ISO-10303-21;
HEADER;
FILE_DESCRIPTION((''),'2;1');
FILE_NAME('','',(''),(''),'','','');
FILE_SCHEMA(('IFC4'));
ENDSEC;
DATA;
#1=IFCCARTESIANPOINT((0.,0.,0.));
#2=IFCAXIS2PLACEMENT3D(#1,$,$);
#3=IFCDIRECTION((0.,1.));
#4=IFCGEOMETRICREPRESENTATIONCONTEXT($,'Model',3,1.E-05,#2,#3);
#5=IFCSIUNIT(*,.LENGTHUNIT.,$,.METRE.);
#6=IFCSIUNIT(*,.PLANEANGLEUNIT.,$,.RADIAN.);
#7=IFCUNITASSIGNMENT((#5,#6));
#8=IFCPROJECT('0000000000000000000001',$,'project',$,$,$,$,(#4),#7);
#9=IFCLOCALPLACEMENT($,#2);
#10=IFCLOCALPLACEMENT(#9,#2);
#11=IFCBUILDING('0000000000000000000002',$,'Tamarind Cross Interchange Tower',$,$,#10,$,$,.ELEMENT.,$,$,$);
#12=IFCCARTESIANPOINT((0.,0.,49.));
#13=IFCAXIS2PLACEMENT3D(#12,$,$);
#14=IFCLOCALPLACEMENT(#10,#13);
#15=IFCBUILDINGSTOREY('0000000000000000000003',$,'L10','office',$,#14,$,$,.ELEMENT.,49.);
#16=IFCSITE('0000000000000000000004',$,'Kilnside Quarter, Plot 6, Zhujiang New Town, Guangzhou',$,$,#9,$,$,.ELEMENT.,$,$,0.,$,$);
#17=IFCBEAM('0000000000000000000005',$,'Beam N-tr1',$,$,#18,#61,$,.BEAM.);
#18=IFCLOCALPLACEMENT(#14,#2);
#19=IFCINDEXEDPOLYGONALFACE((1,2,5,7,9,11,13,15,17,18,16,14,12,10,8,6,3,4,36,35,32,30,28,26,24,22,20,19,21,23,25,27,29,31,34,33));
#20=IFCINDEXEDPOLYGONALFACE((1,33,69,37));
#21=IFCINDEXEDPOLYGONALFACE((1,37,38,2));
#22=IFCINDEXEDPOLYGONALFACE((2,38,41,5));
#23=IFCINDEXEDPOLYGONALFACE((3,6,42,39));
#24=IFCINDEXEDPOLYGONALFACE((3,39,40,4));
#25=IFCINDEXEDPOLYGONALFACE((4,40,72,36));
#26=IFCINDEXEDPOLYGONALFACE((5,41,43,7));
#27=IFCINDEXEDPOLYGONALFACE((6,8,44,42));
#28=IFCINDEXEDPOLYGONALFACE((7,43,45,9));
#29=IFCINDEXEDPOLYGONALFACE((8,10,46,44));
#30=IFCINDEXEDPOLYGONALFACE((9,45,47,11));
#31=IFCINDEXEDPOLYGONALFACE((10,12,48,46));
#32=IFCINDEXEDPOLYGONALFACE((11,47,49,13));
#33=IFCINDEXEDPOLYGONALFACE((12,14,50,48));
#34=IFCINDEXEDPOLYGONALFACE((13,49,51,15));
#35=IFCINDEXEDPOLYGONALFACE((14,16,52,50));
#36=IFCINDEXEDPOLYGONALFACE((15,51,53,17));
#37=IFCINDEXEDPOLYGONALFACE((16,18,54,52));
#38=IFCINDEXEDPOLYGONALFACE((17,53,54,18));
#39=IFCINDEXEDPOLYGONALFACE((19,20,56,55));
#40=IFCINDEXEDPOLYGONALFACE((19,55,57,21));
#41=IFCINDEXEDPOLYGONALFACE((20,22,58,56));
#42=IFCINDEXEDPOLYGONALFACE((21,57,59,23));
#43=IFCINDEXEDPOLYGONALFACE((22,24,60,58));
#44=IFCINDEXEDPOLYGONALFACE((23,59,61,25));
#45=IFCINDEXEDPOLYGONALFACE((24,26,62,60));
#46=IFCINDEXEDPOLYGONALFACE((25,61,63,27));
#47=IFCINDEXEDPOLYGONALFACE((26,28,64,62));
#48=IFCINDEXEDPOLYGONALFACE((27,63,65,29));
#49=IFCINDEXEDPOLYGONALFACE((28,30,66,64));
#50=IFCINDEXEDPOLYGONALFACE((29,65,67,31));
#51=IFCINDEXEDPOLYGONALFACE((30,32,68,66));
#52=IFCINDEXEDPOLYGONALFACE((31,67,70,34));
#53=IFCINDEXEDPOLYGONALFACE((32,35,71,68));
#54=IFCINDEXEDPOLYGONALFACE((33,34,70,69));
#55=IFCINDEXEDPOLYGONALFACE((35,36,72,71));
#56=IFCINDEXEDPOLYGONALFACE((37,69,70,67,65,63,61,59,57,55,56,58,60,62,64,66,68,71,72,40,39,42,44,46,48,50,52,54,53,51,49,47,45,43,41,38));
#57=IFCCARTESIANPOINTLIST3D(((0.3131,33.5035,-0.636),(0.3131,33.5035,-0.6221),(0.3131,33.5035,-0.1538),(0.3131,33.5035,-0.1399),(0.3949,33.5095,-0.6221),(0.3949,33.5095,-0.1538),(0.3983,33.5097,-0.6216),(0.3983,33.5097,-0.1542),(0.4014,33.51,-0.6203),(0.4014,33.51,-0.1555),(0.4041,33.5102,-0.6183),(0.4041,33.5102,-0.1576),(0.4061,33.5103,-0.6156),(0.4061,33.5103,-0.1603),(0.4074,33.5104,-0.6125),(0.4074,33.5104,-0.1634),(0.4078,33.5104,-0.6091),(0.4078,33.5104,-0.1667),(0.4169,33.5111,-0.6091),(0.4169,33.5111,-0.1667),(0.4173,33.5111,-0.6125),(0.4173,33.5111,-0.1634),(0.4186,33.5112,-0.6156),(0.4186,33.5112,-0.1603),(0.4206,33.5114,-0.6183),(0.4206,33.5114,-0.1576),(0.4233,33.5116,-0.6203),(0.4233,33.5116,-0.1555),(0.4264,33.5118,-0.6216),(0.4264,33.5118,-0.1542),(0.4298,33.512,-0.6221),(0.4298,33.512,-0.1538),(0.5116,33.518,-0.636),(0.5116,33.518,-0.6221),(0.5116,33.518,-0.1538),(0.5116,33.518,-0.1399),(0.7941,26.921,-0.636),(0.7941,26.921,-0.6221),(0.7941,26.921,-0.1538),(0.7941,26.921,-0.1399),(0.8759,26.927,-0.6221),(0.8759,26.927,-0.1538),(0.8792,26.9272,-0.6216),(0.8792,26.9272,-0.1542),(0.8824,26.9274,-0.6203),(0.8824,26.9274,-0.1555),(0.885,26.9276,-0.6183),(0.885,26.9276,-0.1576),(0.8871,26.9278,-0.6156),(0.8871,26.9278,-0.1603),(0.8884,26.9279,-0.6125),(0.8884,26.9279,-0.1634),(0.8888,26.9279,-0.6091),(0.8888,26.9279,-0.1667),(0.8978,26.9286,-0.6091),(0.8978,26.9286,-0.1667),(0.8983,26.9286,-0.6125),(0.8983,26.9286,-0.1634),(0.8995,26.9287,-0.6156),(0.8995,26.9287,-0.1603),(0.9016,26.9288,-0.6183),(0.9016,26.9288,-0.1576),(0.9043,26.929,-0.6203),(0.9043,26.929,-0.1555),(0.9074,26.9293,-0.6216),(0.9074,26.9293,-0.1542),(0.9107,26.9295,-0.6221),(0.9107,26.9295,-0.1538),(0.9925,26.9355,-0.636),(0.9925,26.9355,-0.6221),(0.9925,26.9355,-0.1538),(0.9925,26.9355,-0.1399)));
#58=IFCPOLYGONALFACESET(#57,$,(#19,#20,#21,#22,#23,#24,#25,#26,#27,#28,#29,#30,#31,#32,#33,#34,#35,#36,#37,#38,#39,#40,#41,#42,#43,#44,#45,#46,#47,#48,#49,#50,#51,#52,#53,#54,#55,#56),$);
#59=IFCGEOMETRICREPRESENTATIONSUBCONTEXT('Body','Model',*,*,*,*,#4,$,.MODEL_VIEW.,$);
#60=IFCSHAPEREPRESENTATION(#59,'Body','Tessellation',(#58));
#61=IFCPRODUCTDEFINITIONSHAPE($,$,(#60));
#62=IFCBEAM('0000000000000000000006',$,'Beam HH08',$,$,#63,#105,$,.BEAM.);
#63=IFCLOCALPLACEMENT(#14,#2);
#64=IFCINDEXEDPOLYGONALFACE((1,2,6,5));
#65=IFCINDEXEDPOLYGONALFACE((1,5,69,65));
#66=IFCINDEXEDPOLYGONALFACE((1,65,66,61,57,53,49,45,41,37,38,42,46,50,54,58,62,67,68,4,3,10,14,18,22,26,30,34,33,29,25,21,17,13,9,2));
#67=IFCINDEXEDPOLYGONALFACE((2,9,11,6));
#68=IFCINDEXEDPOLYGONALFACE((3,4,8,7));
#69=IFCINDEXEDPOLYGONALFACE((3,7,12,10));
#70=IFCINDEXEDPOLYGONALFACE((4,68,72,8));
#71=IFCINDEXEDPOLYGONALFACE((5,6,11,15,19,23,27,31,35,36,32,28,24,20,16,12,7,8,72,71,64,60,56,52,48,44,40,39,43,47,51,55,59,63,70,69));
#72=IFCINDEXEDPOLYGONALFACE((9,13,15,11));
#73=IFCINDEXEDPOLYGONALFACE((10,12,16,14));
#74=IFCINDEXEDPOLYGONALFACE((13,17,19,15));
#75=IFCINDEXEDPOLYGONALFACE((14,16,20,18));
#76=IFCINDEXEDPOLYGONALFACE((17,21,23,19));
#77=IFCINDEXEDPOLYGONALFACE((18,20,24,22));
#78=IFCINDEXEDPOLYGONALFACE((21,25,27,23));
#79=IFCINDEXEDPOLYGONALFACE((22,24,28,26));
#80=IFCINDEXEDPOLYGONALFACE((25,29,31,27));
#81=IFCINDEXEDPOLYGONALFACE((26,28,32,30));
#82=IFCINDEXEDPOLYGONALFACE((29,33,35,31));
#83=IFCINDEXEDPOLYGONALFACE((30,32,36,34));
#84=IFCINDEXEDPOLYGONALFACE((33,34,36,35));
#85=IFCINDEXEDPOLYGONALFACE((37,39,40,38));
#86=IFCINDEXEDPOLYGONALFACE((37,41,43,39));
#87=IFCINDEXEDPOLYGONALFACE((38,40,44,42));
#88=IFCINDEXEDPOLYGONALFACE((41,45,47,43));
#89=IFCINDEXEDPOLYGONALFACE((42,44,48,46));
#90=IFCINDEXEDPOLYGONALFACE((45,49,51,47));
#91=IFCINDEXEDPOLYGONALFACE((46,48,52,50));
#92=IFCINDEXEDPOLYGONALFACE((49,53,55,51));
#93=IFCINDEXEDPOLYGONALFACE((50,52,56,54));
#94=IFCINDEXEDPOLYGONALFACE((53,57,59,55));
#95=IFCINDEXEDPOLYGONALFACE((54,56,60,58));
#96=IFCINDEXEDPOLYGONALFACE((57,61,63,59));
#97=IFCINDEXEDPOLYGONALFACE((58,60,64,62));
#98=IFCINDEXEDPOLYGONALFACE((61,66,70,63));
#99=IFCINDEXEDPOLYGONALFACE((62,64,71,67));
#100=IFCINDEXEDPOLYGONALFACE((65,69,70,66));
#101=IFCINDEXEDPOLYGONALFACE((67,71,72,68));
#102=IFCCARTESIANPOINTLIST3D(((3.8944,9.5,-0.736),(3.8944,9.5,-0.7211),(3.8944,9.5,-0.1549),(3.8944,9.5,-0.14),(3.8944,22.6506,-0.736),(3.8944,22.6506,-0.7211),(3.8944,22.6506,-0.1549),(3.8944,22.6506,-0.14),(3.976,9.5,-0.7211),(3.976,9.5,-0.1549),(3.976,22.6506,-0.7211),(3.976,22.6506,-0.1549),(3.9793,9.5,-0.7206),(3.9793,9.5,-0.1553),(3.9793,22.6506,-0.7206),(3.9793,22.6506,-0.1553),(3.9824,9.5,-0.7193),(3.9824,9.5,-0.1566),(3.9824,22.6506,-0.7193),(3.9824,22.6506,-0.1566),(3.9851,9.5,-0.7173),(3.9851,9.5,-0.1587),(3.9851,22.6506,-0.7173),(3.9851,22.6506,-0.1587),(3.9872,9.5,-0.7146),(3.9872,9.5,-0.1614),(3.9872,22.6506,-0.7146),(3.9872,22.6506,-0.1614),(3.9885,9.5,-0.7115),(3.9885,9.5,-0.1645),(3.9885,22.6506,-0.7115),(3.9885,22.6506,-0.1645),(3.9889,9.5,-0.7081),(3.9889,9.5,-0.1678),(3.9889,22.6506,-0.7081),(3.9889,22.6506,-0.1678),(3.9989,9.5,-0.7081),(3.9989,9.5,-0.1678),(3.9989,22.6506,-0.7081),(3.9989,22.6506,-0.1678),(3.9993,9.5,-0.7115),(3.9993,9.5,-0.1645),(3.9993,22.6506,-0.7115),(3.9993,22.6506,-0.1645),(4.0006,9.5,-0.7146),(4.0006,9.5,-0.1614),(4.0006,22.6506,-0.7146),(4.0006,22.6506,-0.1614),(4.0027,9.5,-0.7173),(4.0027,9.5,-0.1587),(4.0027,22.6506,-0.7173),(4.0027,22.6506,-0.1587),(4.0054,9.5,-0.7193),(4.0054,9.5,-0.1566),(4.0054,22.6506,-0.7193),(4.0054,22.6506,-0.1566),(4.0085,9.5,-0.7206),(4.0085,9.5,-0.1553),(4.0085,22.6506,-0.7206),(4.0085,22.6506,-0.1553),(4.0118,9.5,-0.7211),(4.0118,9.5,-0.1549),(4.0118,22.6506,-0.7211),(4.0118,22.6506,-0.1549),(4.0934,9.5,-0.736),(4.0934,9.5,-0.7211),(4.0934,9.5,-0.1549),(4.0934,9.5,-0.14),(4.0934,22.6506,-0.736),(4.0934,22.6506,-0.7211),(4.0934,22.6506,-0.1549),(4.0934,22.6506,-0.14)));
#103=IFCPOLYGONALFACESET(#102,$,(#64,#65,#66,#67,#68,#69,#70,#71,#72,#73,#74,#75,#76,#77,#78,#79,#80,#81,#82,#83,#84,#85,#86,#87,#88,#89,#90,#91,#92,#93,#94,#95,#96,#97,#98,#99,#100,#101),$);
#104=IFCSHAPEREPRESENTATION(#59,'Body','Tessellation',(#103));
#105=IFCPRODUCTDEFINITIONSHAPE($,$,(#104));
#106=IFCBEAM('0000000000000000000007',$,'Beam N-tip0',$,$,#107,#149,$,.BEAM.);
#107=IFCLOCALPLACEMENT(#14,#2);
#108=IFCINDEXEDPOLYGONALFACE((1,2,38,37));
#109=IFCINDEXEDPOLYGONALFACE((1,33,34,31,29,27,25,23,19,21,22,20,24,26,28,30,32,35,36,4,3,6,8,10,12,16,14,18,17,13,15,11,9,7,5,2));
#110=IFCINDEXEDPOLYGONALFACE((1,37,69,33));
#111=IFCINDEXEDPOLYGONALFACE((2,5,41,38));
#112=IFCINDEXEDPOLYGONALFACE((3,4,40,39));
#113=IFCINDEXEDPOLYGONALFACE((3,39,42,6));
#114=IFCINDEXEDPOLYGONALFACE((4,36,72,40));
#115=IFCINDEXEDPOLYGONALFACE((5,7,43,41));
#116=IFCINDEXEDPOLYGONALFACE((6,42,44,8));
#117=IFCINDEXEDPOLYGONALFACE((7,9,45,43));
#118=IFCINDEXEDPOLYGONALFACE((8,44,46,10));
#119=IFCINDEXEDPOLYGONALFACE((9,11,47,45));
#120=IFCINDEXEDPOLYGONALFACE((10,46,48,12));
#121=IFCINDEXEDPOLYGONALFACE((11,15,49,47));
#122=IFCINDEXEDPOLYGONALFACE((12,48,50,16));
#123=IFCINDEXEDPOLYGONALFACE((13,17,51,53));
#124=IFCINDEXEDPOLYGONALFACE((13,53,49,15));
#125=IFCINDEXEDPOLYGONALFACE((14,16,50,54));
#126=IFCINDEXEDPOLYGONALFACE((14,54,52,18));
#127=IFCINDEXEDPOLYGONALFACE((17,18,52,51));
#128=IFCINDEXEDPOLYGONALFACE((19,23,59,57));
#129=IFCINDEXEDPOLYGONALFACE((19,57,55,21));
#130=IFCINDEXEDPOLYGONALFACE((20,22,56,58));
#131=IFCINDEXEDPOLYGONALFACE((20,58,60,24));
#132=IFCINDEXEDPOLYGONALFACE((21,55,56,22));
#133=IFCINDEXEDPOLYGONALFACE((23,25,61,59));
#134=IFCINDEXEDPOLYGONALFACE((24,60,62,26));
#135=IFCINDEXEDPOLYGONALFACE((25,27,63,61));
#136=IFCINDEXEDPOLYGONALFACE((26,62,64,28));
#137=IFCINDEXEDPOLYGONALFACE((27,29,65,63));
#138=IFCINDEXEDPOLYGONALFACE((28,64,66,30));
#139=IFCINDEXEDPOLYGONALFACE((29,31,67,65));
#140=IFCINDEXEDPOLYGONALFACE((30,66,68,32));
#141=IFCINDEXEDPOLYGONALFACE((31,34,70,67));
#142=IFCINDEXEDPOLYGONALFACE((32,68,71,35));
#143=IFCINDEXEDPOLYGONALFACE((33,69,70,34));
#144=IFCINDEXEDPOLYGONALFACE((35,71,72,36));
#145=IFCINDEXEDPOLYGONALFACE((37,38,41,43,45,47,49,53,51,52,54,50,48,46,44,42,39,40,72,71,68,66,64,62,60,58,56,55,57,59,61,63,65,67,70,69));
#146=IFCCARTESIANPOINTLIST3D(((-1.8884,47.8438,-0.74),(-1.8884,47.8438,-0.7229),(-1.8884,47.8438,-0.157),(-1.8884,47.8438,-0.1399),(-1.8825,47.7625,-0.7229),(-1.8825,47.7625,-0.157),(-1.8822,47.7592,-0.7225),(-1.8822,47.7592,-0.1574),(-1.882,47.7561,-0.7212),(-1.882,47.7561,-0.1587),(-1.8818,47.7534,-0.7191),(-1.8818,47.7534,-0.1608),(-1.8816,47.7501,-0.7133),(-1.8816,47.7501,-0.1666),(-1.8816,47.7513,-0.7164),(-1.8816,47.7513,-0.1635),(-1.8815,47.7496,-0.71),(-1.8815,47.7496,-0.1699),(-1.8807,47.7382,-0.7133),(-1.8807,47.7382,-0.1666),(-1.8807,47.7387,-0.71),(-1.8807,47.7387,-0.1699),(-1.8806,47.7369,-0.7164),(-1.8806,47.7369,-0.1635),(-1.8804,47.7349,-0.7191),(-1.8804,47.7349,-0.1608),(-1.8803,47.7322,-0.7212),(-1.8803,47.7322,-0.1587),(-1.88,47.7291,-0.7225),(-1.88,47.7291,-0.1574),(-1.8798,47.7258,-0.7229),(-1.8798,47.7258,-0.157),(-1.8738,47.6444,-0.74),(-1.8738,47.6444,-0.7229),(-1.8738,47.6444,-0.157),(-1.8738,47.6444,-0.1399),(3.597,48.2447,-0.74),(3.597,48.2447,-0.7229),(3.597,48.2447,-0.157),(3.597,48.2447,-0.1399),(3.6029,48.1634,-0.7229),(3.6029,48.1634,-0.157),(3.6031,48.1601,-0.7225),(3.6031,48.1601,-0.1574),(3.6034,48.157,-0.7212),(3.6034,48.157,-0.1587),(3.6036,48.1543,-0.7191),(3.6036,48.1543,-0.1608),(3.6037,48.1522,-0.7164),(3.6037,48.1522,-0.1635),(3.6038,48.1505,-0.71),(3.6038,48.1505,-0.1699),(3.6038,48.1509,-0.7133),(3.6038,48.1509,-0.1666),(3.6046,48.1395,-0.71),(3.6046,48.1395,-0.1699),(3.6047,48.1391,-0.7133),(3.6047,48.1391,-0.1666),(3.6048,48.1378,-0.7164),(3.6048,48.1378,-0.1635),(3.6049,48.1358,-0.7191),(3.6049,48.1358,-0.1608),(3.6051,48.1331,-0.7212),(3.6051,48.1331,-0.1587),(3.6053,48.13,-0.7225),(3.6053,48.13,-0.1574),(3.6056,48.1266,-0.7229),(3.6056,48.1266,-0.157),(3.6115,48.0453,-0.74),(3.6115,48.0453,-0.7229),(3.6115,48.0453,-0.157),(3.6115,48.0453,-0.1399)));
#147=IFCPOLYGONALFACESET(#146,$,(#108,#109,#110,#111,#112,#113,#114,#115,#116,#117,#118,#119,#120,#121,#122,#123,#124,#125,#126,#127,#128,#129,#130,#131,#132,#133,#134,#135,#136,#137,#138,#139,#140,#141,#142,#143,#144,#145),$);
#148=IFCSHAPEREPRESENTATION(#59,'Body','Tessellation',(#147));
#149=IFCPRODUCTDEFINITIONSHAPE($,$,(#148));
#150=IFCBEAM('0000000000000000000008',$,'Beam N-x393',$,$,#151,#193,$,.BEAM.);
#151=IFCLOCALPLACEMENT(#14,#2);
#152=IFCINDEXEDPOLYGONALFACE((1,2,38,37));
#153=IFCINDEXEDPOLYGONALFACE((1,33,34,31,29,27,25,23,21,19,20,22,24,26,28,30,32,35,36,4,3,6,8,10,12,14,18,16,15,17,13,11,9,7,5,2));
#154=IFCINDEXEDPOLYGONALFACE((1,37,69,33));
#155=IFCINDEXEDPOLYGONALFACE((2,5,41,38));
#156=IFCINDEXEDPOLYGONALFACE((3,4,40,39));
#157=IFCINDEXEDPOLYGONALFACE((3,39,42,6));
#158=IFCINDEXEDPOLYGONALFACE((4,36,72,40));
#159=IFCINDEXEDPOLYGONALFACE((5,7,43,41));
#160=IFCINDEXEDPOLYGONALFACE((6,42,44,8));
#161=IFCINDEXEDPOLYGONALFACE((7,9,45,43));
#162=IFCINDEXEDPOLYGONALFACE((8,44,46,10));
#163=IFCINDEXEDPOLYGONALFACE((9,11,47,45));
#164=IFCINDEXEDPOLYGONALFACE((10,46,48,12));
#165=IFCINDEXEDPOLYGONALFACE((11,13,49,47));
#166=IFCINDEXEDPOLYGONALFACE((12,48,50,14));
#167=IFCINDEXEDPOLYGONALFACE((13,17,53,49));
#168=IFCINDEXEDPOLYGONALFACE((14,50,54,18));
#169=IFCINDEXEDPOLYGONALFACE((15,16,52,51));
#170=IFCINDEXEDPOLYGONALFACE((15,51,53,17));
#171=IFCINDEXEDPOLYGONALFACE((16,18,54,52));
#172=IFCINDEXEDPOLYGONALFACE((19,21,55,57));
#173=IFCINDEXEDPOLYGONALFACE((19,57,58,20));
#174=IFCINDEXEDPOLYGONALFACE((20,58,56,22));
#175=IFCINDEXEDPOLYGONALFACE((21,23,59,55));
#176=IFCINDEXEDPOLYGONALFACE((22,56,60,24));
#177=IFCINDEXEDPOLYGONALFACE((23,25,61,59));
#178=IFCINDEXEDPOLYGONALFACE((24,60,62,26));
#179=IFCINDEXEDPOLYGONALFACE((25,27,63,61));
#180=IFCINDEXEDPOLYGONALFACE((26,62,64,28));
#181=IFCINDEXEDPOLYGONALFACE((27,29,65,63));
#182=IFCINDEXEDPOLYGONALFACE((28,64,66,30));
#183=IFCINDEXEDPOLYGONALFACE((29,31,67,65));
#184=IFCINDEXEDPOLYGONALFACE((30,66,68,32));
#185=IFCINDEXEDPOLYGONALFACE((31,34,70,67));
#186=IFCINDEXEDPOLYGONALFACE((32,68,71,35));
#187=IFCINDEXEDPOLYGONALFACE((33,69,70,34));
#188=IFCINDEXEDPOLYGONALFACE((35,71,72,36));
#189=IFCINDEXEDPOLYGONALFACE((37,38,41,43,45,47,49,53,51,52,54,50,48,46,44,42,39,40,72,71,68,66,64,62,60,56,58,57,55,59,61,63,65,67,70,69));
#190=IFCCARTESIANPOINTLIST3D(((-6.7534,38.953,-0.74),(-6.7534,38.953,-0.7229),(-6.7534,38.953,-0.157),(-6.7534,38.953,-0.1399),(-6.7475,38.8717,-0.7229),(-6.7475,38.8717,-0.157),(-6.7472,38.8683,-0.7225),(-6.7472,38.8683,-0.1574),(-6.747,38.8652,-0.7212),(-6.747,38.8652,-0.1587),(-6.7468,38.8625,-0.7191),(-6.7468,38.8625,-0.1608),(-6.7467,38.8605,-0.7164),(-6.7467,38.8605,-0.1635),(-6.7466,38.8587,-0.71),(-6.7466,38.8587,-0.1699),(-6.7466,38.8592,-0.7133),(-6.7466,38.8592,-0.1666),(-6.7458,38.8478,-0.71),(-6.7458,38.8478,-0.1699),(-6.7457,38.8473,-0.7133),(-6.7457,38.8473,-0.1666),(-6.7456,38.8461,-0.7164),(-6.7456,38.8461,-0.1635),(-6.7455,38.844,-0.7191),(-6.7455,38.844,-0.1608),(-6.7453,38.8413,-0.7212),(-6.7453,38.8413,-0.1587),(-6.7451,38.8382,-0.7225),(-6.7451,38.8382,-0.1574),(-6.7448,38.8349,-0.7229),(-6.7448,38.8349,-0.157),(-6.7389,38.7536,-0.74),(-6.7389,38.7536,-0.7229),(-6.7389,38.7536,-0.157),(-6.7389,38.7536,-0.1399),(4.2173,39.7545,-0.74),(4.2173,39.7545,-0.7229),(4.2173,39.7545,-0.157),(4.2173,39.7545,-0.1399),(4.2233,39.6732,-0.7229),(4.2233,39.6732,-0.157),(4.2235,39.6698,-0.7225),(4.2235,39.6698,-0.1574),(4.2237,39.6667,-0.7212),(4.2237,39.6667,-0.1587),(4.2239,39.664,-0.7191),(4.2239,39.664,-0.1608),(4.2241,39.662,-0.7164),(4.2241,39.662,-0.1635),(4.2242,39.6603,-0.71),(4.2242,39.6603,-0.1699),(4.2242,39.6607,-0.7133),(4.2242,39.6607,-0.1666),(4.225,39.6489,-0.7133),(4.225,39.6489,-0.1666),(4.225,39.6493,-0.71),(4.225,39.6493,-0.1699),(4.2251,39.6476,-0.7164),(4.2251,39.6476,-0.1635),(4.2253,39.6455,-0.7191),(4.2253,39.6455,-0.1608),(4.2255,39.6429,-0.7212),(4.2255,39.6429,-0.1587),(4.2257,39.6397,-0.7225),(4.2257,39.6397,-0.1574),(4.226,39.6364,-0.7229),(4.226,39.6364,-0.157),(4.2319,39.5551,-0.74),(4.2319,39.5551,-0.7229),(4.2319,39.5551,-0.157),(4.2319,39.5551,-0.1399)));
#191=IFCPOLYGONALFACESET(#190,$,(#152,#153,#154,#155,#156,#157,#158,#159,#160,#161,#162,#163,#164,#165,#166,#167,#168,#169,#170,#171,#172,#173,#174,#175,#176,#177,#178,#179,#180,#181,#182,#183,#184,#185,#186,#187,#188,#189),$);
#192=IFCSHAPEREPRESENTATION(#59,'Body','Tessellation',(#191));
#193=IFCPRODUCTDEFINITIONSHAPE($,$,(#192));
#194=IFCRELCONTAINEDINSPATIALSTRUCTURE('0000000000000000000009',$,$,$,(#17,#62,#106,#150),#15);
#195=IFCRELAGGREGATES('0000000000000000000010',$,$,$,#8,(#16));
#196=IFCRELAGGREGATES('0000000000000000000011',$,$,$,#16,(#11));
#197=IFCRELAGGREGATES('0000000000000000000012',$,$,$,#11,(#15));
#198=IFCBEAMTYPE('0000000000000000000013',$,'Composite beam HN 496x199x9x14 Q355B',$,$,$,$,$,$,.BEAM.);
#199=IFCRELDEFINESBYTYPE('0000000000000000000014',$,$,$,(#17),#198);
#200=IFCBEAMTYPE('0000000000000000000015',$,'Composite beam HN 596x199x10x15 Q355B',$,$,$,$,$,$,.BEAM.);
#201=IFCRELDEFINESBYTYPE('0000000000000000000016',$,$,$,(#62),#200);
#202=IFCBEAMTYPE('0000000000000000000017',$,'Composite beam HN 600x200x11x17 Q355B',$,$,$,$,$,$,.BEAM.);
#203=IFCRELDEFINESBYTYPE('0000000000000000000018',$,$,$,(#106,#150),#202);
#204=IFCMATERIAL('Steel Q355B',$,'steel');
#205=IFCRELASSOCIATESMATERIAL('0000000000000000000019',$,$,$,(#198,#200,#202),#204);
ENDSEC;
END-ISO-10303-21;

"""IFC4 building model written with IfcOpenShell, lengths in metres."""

from ifc_helpers import new_model, si_unit, direction, frame, origin, origin_2d, place, context, subcontext, project, spatial, i_section, extrude, material, material_profile, profile_set, type_object, element, save


model = new_model("IFC4")

# Units and contexts
model_context = context("Model", 3, precision=1e-05, world=origin(), true_north=direction((0.0, 1.0)))
body_context = subcontext(model_context, "Body", "Model", "MODEL_VIEW")
ifc_project = project(units=[si_unit("LENGTHUNIT", "METRE"), si_unit("PLANEANGLEUNIT", "RADIAN")], contexts=[model_context])

# Site, building, storey
site_placement = place(None, origin())
site = spatial("IfcSite", under=ifc_project, at=site_placement, Name="Kilnside Quarter, Plot 6, Zhujiang New Town, Guangzhou", CompositionType="ELEMENT", RefElevation=0.0)
building_placement = place(site_placement, origin())
building = spatial("IfcBuilding", under=site, at=building_placement, Name="Tamarind Cross Interchange Tower", CompositionType="ELEMENT")
storey_placement = place(building_placement, frame((0.0, 0.0, 49.0)))
storey = spatial("IfcBuildingStorey", under=building, at=storey_placement, Name="L10", Description="office", CompositionType="ELEMENT", Elevation=49.0)

# Beams
ifc_material_1 = material(Name="Steel Q355B", Category="steel")
ifc_material_profile_1 = material_profile(ifc_material_1, i_section(OverallWidth=0.199, OverallDepth=0.4961, WebThickness=0.009, FlangeThickness=0.0139, FilletRadius=0.0129, at=origin_2d()), Name="HN 496x199x9x14")
ifc_profile_set_1 = profile_set([ifc_material_profile_1], Name="Steel Q355B")
beam_type_1 = type_object("IfcBeamType", Name="Composite beam HN 496x199x9x14 Q355B", PredefinedType="BEAM", material=ifc_profile_set_1)
beam_1_placement = place(storey_placement, frame((0.8933, 26.9282, -0.3879), z_axis=(-0.072872, 0.997341, 0.0), x_axis=(-0.997341, -0.072872, 0.0)))
element("IfcBeam", 1, at=beam_1_placement, inside=storey, type_object=beam_type_1, Name="Beam N-tr1", PredefinedType="BEAM", context=body_context, shape_type="SweptSolid", body=[
    extrude(i_section(OverallWidth=0.199, OverallDepth=0.4961, WebThickness=0.009, FlangeThickness=0.0139, FilletRadius=0.0129, at=origin_2d()), origin(), (0.0, 0.0, 1.0), 6.6001),
])
ifc_material_profile_2 = material_profile(ifc_material_1, i_section(OverallWidth=0.199, OverallDepth=0.5959, WebThickness=0.01, FlangeThickness=0.0149, FilletRadius=0.0129, at=origin_2d()), Name="HN 596x199x10x15")
ifc_profile_set_2 = profile_set([ifc_material_profile_2], Name="Steel Q355B")
beam_type_2 = type_object("IfcBeamType", Name="Composite beam HN 596x199x10x15 Q355B", PredefinedType="BEAM", material=ifc_profile_set_2)
beam_2_placement = place(storey_placement, frame((3.9939, 22.6506, -0.438), z_axis=(0.0, -1.0, 0.0), x_axis=(1.0, 0.0, 0.0)))
element("IfcBeam", 2, at=beam_2_placement, inside=storey, type_object=beam_type_2, Name="Beam HH08", PredefinedType="BEAM", context=body_context, shape_type="SweptSolid", body=[
    extrude(i_section(OverallWidth=0.199, OverallDepth=0.5959, WebThickness=0.01, FlangeThickness=0.0149, FilletRadius=0.0129, at=origin_2d()), origin(), (0.0, 0.0, 1.0), 13.1506),
])
ifc_material_profile_3 = material_profile(ifc_material_1, i_section(OverallWidth=0.2, OverallDepth=0.6001, WebThickness=0.011, FlangeThickness=0.0171, FilletRadius=0.0129, at=origin_2d()), Name="HN 600x200x11x17")
ifc_profile_set_3 = profile_set([ifc_material_profile_3], Name="Steel Q355B")
beam_type_3 = type_object("IfcBeamType", Name="Composite beam HN 600x200x11x17 Q355B", PredefinedType="BEAM", material=ifc_profile_set_3)
beam_3_placement = place(storey_placement, frame((3.6042, 48.145, -0.4399), z_axis=(-0.99734, -0.072887, 0.0), x_axis=(0.072887, -0.99734, 0.0)))
element("IfcBeam", 3, at=beam_3_placement, inside=storey, type_object=beam_type_3, Name="Beam N-tip0", PredefinedType="BEAM", context=body_context, shape_type="SweptSolid", body=[
    extrude(i_section(OverallWidth=0.2, OverallDepth=0.6001, WebThickness=0.011, FlangeThickness=0.0171, FilletRadius=0.0129, at=origin_2d()), origin(), (0.0, 0.0, 1.0), 5.5),
])
beam_4_placement = place(storey_placement, frame((4.2246, 39.6548, -0.4399), z_axis=(-0.997342, -0.072865, 0.0), x_axis=(0.072865, -0.997342, 0.0)))
element("IfcBeam", 4, at=beam_4_placement, inside=storey, type_object=beam_type_3, Name="Beam N-x393", PredefinedType="BEAM", context=body_context, shape_type="SweptSolid", body=[
    extrude(i_section(OverallWidth=0.2, OverallDepth=0.6001, WebThickness=0.011, FlangeThickness=0.0171, FilletRadius=0.0129, at=origin_2d()), origin(), (0.0, 0.0, 1.0), 11.0),
])

save(model, "model.ifc")
